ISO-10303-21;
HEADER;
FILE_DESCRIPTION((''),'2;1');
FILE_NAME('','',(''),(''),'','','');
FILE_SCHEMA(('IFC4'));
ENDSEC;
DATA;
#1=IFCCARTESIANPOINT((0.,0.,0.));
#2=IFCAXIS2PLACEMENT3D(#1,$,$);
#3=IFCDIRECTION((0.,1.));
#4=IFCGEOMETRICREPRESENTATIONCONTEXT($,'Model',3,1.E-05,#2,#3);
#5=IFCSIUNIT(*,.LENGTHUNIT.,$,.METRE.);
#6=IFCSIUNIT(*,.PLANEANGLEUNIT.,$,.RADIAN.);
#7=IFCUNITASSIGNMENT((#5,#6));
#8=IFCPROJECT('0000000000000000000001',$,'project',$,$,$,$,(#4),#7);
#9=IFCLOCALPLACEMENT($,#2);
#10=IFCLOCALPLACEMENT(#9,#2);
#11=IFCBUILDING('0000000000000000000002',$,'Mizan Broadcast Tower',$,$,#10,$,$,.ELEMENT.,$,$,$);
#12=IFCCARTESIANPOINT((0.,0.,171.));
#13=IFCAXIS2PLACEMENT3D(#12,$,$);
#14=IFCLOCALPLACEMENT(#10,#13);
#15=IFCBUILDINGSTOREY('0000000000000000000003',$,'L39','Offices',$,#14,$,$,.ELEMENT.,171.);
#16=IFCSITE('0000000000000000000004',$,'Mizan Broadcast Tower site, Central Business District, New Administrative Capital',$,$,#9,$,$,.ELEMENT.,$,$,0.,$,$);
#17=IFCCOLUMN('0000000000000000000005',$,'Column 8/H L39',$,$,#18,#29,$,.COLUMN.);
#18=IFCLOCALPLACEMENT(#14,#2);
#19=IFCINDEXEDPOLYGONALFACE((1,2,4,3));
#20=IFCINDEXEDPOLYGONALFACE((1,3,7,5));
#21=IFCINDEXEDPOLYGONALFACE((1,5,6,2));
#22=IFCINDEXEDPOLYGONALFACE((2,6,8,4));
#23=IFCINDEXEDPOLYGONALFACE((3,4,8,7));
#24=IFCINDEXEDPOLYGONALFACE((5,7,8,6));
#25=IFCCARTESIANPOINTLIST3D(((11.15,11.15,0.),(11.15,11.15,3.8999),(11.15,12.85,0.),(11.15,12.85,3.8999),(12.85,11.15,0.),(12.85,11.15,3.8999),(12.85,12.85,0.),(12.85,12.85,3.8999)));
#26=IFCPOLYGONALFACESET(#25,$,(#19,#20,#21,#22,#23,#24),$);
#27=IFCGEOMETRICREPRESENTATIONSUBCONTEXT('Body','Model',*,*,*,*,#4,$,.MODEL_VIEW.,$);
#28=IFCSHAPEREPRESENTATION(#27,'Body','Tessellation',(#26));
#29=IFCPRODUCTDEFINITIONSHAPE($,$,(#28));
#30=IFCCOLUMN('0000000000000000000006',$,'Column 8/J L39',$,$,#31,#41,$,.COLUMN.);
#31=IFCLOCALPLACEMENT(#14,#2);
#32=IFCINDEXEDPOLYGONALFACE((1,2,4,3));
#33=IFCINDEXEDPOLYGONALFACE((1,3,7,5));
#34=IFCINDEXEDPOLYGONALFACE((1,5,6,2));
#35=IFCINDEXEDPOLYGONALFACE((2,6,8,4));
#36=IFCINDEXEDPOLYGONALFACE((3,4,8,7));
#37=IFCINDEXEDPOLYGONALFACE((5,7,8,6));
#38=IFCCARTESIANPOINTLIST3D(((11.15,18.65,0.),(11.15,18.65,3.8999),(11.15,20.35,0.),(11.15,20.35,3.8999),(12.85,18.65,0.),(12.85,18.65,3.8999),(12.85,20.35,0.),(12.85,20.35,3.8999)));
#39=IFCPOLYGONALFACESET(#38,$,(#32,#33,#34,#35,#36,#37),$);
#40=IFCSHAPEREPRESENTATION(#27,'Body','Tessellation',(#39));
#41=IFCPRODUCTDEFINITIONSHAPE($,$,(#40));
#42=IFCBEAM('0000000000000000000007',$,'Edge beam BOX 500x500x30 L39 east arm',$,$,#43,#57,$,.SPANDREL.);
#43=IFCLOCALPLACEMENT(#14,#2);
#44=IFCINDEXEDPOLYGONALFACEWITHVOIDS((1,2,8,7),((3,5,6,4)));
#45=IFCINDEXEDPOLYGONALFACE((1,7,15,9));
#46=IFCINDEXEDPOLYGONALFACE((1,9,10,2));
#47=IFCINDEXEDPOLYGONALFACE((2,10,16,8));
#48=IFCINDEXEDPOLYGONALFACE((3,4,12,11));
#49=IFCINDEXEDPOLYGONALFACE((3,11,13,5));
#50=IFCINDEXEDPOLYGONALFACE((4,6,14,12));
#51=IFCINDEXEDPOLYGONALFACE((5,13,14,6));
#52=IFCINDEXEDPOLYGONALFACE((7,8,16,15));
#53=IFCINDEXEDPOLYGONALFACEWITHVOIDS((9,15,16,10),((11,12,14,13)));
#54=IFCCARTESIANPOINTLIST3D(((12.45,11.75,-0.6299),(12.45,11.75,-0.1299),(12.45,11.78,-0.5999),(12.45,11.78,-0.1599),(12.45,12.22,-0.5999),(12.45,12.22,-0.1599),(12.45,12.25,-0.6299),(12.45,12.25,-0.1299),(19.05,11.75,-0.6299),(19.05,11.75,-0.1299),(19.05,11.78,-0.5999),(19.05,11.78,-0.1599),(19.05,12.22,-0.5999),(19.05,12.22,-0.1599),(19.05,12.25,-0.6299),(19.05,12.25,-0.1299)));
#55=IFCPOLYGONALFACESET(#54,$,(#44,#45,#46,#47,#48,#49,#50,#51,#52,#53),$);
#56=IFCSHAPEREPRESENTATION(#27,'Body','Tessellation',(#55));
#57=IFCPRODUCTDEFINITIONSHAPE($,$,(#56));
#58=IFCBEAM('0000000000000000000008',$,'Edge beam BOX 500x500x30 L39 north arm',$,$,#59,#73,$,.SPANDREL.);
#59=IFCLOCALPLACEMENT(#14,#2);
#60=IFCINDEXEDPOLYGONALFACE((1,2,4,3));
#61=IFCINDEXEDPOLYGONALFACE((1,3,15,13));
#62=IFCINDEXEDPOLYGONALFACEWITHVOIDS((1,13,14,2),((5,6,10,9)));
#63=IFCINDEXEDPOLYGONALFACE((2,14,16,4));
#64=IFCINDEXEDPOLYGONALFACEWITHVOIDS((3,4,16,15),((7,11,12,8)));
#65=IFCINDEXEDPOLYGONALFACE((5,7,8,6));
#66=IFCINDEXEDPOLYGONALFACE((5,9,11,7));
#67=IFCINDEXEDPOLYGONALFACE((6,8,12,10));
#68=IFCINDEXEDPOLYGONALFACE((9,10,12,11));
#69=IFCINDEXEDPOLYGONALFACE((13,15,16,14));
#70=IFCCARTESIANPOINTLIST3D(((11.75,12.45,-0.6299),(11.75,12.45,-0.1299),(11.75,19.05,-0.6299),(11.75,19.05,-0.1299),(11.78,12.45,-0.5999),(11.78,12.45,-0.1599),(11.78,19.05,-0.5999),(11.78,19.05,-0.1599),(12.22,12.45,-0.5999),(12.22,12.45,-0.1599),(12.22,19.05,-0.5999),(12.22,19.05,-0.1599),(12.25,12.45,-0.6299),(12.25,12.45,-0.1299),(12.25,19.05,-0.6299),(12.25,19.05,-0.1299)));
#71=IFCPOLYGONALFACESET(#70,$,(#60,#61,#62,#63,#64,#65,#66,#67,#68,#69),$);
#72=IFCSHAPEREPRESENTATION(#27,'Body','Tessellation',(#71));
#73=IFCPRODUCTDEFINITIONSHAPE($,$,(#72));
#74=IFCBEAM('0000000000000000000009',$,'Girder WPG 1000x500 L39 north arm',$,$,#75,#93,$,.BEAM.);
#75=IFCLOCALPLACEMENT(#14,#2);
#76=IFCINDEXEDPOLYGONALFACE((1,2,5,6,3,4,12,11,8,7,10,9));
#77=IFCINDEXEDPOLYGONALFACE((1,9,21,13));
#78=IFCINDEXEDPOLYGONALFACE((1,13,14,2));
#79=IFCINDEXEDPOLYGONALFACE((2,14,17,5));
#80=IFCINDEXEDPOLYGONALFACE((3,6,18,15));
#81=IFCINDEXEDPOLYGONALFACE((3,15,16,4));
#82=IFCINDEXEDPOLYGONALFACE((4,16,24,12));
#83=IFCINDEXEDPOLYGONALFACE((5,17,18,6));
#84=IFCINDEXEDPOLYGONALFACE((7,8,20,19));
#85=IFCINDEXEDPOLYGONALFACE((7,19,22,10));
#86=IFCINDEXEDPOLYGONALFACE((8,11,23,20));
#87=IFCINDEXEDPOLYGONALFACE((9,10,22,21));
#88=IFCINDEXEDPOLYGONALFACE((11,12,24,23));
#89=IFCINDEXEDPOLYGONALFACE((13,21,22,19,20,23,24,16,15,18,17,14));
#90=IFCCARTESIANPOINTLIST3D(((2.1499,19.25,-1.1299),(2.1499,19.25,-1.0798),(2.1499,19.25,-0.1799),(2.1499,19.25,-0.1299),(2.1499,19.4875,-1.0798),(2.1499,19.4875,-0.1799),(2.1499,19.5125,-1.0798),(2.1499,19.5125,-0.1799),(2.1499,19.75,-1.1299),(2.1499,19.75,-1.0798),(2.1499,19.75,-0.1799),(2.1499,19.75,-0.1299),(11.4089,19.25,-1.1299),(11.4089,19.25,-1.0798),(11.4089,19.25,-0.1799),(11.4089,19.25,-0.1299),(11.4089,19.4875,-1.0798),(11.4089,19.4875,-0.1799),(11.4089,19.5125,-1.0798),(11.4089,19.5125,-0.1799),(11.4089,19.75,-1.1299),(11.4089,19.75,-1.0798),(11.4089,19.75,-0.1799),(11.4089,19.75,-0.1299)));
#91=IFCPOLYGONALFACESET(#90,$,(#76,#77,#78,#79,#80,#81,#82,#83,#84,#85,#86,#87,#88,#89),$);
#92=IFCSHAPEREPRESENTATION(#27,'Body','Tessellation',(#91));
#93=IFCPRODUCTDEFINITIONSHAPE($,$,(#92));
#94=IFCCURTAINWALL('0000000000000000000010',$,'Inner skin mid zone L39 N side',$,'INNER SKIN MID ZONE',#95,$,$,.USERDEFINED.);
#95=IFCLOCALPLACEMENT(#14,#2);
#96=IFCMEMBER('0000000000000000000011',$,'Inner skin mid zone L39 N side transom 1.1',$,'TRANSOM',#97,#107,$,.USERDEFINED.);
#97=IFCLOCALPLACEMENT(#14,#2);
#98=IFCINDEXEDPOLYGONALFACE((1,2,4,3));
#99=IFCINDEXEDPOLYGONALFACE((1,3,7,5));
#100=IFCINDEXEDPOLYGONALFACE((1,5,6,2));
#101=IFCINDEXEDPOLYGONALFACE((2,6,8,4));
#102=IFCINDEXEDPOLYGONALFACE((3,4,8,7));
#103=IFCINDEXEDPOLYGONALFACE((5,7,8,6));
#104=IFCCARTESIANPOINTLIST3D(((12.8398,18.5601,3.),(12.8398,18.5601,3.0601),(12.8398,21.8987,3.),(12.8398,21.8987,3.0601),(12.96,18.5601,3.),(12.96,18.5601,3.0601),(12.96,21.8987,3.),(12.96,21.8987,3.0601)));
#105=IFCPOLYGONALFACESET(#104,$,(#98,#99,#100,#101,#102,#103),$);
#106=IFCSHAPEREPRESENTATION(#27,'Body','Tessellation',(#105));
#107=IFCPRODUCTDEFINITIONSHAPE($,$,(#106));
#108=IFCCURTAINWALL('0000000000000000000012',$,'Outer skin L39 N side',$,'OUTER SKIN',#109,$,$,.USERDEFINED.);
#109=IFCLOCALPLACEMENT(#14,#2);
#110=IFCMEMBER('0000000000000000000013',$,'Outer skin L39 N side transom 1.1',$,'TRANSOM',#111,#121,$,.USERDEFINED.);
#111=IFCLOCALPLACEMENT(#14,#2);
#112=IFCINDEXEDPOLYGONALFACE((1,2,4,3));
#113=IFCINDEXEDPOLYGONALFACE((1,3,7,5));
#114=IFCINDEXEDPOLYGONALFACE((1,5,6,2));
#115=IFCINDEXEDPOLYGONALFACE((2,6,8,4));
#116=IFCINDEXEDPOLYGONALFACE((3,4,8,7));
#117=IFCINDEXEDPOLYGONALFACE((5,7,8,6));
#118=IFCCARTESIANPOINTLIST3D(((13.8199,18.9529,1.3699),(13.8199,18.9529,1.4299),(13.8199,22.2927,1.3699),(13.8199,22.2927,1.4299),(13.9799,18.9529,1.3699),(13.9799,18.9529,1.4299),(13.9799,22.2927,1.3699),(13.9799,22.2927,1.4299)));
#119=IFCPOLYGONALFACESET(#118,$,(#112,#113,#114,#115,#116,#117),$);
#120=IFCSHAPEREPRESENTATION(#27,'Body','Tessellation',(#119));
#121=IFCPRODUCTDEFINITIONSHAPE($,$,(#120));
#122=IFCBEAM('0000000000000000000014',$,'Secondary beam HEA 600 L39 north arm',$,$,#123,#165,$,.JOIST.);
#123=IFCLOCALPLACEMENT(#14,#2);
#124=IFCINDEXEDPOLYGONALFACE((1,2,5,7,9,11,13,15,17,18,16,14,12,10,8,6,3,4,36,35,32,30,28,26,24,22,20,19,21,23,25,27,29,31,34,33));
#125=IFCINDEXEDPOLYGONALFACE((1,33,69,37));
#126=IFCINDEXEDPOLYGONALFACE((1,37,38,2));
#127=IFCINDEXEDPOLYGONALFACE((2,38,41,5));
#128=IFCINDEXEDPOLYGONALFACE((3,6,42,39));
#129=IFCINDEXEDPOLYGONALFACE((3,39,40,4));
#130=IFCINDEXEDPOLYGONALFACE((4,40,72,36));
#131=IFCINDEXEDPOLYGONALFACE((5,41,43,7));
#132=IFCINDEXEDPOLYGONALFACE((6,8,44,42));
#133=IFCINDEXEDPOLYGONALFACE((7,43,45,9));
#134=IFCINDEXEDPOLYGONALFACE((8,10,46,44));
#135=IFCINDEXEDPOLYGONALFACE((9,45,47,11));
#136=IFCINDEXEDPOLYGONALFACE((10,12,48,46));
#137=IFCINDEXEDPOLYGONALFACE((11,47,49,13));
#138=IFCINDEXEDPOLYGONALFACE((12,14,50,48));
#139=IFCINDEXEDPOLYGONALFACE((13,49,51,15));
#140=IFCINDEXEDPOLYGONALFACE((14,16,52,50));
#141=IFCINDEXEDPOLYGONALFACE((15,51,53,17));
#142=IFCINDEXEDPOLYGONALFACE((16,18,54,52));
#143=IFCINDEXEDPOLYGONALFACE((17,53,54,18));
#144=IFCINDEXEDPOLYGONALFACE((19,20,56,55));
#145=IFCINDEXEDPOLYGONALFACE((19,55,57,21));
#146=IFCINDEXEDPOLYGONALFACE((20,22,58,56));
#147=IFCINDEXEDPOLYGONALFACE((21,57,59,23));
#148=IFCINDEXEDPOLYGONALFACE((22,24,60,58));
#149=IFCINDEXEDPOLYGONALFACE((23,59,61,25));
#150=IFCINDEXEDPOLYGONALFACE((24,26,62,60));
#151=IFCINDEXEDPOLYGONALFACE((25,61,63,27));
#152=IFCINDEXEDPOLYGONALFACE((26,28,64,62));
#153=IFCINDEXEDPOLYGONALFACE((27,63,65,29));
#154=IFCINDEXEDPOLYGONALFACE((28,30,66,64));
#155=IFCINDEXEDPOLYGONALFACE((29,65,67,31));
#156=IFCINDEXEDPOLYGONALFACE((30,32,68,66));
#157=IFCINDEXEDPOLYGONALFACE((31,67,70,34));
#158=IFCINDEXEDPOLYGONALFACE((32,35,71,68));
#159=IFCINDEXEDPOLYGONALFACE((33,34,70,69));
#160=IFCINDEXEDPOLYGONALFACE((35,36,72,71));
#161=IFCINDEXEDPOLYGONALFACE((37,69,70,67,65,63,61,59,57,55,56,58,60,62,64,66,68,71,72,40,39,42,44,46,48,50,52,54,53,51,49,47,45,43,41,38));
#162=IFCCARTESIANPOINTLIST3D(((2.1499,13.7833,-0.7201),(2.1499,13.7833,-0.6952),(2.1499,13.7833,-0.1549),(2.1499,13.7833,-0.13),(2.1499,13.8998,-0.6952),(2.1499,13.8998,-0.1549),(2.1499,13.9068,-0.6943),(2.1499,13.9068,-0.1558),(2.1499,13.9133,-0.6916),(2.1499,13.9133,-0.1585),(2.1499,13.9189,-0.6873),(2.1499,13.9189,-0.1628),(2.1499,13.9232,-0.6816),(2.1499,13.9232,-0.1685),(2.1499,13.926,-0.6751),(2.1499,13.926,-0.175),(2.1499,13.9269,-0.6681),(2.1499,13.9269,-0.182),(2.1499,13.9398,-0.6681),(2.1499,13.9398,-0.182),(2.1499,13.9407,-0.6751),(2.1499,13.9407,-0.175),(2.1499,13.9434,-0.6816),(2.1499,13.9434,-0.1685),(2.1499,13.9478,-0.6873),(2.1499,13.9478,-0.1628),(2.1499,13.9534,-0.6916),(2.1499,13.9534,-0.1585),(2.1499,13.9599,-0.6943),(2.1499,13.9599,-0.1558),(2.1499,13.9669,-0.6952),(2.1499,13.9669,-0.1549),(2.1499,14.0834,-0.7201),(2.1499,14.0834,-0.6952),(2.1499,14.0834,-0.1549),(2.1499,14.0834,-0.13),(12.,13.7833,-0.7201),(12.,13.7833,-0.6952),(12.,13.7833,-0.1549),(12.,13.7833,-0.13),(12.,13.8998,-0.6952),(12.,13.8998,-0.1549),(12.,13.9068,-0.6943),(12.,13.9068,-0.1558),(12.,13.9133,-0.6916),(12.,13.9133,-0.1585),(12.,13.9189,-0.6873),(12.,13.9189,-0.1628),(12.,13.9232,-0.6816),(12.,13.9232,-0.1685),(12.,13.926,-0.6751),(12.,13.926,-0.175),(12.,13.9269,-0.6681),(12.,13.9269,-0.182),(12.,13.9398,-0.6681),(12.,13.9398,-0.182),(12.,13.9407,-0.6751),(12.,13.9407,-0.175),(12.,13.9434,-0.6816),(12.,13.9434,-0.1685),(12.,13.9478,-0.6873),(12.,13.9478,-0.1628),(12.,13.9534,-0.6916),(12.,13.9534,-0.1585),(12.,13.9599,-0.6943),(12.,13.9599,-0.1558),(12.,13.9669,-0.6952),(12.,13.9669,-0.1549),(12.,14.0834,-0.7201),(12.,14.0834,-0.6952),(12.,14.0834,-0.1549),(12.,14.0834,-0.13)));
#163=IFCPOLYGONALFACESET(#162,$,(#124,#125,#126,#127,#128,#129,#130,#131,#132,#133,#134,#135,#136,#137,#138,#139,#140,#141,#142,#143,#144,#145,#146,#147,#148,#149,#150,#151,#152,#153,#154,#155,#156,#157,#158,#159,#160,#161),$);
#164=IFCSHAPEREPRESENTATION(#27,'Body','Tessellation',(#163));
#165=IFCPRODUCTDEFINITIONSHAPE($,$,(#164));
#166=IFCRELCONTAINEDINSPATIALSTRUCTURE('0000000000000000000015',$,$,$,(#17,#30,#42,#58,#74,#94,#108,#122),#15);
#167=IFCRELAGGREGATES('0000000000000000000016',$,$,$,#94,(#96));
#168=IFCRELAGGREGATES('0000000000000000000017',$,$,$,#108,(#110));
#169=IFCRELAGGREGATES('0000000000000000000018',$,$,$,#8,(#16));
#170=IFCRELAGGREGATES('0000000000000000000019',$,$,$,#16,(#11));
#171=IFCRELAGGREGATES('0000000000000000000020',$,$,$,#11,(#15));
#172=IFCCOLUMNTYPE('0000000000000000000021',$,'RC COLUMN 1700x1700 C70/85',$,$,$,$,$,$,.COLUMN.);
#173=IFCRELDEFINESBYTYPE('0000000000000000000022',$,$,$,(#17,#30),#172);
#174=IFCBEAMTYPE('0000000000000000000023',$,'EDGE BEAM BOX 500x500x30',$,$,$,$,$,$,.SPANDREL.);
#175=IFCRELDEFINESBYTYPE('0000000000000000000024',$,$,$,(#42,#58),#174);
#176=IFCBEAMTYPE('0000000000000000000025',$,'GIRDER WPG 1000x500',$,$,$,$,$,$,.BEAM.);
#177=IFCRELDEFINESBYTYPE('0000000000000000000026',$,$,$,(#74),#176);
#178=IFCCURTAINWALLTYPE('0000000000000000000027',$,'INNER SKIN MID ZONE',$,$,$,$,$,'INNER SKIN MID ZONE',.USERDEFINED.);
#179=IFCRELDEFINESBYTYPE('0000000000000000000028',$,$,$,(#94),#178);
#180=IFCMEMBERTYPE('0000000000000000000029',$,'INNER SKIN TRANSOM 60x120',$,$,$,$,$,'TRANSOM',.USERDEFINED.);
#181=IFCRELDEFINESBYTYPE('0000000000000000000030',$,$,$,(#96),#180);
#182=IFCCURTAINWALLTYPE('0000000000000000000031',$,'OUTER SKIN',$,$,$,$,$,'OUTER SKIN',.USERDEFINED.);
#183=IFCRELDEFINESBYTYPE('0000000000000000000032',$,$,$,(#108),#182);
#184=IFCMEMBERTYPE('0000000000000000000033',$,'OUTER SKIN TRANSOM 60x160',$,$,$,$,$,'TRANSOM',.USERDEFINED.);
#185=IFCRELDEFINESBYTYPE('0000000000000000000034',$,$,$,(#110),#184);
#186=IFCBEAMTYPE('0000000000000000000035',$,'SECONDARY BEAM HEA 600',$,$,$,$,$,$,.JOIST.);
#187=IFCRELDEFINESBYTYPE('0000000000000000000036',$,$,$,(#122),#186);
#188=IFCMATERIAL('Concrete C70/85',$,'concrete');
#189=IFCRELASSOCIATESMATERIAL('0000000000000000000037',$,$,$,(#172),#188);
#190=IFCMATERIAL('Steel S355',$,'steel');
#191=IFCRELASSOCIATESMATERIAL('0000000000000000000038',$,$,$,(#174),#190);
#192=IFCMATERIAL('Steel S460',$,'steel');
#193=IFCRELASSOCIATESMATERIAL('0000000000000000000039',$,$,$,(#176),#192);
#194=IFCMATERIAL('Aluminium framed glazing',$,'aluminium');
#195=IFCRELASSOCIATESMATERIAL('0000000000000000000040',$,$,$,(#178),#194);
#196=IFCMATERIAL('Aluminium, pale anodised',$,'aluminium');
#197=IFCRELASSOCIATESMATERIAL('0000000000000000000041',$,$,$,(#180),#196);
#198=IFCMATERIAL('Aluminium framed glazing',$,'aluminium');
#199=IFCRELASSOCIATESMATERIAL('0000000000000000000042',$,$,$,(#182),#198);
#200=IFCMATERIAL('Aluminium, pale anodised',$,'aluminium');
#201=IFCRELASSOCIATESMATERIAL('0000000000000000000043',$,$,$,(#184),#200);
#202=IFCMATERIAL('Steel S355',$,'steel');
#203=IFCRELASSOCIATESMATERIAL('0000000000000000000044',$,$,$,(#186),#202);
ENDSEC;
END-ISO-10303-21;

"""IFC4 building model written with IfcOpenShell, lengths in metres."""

from ifc_helpers import new_model, si_unit, direction, frame, origin, origin_2d, place, context, subcontext, project, spatial, rectangle, hollow_rectangle, i_section, extrude, material, material_profile, profile_set, type_object, element, aggregate, save


model = new_model("IFC4")

# Units and contexts
model_context = context("Model", 3, precision=1e-05, world=origin(), true_north=direction((0.0, 1.0)))
body_context = subcontext(model_context, "Body", "Model", "MODEL_VIEW")
ifc_project = project(units=[si_unit("LENGTHUNIT", "METRE"), si_unit("PLANEANGLEUNIT", "RADIAN")], contexts=[model_context])

# Site, building, storey
site_placement = place(None, origin())
site = spatial("IfcSite", under=ifc_project, at=site_placement, Name="Mizan Broadcast Tower site, Central Business District, New Administrative Capital", CompositionType="ELEMENT", RefElevation=0.0)
building_placement = place(site_placement, origin())
building = spatial("IfcBuilding", under=site, at=building_placement, Name="Mizan Broadcast Tower", CompositionType="ELEMENT")
storey_placement = place(building_placement, frame((0.0, 0.0, 171.0)))
storey = spatial("IfcBuildingStorey", under=building, at=storey_placement, Name="L39", Description="Offices", CompositionType="ELEMENT", Elevation=171.0)

# Columns
ifc_material_1 = material(Name="Concrete C70/85", Category="concrete")
ifc_material_profile_1 = material_profile(ifc_material_1, rectangle(XDim=1.7, YDim=1.7, at=origin_2d()), Name="RC 1700x1700")
ifc_profile_set_1 = profile_set([ifc_material_profile_1], Name="Concrete C70/85")
column_type = type_object("IfcColumnType", Name="RC COLUMN 1700x1700 C70/85", PredefinedType="COLUMN", material=ifc_profile_set_1)
for number, where, z_axis, x_axis, name in (
    (1, (12.0, 12.0, 0.0), (0.0, 0.0, 1.0), (1.0, 0.0, 0.0), "Column 8/H L39"),
    (2, (12.0, 19.5, 0.0), (0.0, 0.0, 1.0), (1.0, 0.0, 0.0), "Column 8/J L39"),
):
    element("IfcColumn", number, at=place(storey_placement, frame(where, z_axis=z_axis, x_axis=x_axis)), inside=storey, type_object=column_type, Name=name, PredefinedType="COLUMN", context=body_context, shape_type="SweptSolid", body=[
        extrude(rectangle(XDim=1.7, YDim=1.7, at=origin_2d()), origin(), (0.0, 0.0, 1.0), 3.8999),
    ])

# Beams
ifc_material_2 = material(Name="Steel S355", Category="steel")
ifc_material_profile_2 = material_profile(ifc_material_2, hollow_rectangle(XDim=0.5, YDim=0.5, WallThickness=0.03, at=origin_2d()), Name="BOX 500x500x30")
ifc_profile_set_2 = profile_set([ifc_material_profile_2], Name="Steel S355")
beam_type_1 = type_object("IfcBeamType", Name="EDGE BEAM BOX 500x500x30", PredefinedType="SPANDREL", material=ifc_profile_set_2)
for number, where, z_axis, x_axis, name in (
    (3, (12.45, 12.0, -0.3799), (1.0, 0.0, 0.0), (0.0, 1.0, 0.0), "Edge beam BOX 500x500x30 L39 east arm"),
    (4, (12.0, 12.45, -0.3799), (0.0, 1.0, 0.0), (-1.0, 0.0, 0.0), "Edge beam BOX 500x500x30 L39 north arm"),
):
    element("IfcBeam", number, at=place(storey_placement, frame(where, z_axis=z_axis, x_axis=x_axis)), inside=storey, type_object=beam_type_1, Name=name, PredefinedType="SPANDREL", context=body_context, shape_type="SweptSolid", body=[
        extrude(hollow_rectangle(XDim=0.5, YDim=0.5, WallThickness=0.03, at=origin_2d()), origin(), (0.0, 0.0, 1.0), 6.6001),
    ])
ifc_material_3 = material(Name="Steel S460", Category="steel")
ifc_material_profile_3 = material_profile(ifc_material_3, i_section(OverallWidth=0.5, OverallDepth=1.0, WebThickness=0.0249, FlangeThickness=0.05, at=origin_2d()), Name="WPG 1000x500")
ifc_profile_set_3 = profile_set([ifc_material_profile_3], Name="Steel S460")
beam_type_2 = type_object("IfcBeamType", Name="GIRDER WPG 1000x500", PredefinedType="BEAM", material=ifc_profile_set_3)
beam_1_placement = place(storey_placement, frame((11.4089, 19.5, -0.6299), z_axis=(-1.0, 0.0, 0.0), x_axis=(0.0, -1.0, 0.0)))
element("IfcBeam", 5, at=beam_1_placement, inside=storey, type_object=beam_type_2, Name="Girder WPG 1000x500 L39 north arm", PredefinedType="BEAM", context=body_context, shape_type="SweptSolid", body=[
    extrude(i_section(OverallWidth=0.5, OverallDepth=1.0, WebThickness=0.0249, FlangeThickness=0.05, at=origin_2d()), origin(), (0.0, 0.0, 1.0), 9.259),
])

# Curtain walls, members
ifc_material_4 = material(Name="Aluminium framed glazing", Category="aluminium")
curtain_wall_type_1 = type_object("IfcCurtainWallType", Name="INNER SKIN MID ZONE", ElementType="INNER SKIN MID ZONE", PredefinedType="USERDEFINED", material=ifc_material_4)
curtain_wall_1_placement = place(storey_placement, origin())
curtain_wall_1 = element("IfcCurtainWall", 6, at=curtain_wall_1_placement, inside=storey, type_object=curtain_wall_type_1, Name="Inner skin mid zone L39 N side", ObjectType="INNER SKIN MID ZONE", PredefinedType="USERDEFINED")
ifc_material_5 = material(Name="Aluminium, pale anodised", Category="aluminium")
ifc_material_profile_4 = material_profile(ifc_material_5, rectangle(XDim=0.1201, YDim=0.0601, at=origin_2d()), Name="TRANSOM 120x60")
ifc_profile_set_4 = profile_set([ifc_material_profile_4], Name="Aluminium, pale anodised")
member_type_1 = type_object("IfcMemberType", Name="INNER SKIN TRANSOM 60x120", ElementType="TRANSOM", PredefinedType="USERDEFINED", material=ifc_profile_set_4)
member_1_placement = place(storey_placement, frame((12.8999, 18.5601, 3.03), z_axis=(0.0, 1.0, 0.0), x_axis=(-1.0, 0.0, 0.0)))
member_1 = element("IfcMember", 7, at=member_1_placement, type_object=member_type_1, Name="Inner skin mid zone L39 N side transom 1.1", ObjectType="TRANSOM", PredefinedType="USERDEFINED", context=body_context, shape_type="SweptSolid", body=[
    extrude(rectangle(XDim=0.1201, YDim=0.0601, at=origin_2d()), origin(), (0.0, 0.0, 1.0), 3.3386),
])
aggregate(curtain_wall_1, [member_1])
ifc_material_6 = material(Name="Aluminium framed glazing", Category="aluminium")
curtain_wall_type_2 = type_object("IfcCurtainWallType", Name="OUTER SKIN", ElementType="OUTER SKIN", PredefinedType="USERDEFINED", material=ifc_material_6)
curtain_wall_2_placement = place(storey_placement, origin())
curtain_wall_2 = element("IfcCurtainWall", 8, at=curtain_wall_2_placement, inside=storey, type_object=curtain_wall_type_2, Name="Outer skin L39 N side", ObjectType="OUTER SKIN", PredefinedType="USERDEFINED")
ifc_material_7 = material(Name="Aluminium, pale anodised", Category="aluminium")
ifc_material_profile_5 = material_profile(ifc_material_7, rectangle(XDim=0.1599, YDim=0.0601, at=origin_2d()), Name="TRANSOM 160x60")
ifc_profile_set_5 = profile_set([ifc_material_profile_5], Name="Aluminium, pale anodised")
member_type_2 = type_object("IfcMemberType", Name="OUTER SKIN TRANSOM 60x160", ElementType="TRANSOM", PredefinedType="USERDEFINED", material=ifc_profile_set_5)
member_2_placement = place(storey_placement, frame((13.8999, 18.9529, 1.3999), z_axis=(0.0, 1.0, 0.0), x_axis=(-1.0, 0.0, 0.0)))
member_2 = element("IfcMember", 9, at=member_2_placement, type_object=member_type_2, Name="Outer skin L39 N side transom 1.1", ObjectType="TRANSOM", PredefinedType="USERDEFINED", context=body_context, shape_type="SweptSolid", body=[
    extrude(rectangle(XDim=0.1599, YDim=0.0601, at=origin_2d()), origin(), (0.0, 0.0, 1.0), 3.3398),
])
aggregate(curtain_wall_2, [member_2])

# Beam
ifc_material_8 = material(Name="Steel S355", Category="steel")
ifc_material_profile_6 = material_profile(ifc_material_8, i_section(OverallWidth=0.3, OverallDepth=0.5901, WebThickness=0.0129, FlangeThickness=0.0249, FilletRadius=0.0271, at=origin_2d()), Name="HEA 600")
ifc_profile_set_6 = profile_set([ifc_material_profile_6], Name="Steel S355")
beam_type_3 = type_object("IfcBeamType", Name="SECONDARY BEAM HEA 600", PredefinedType="JOIST", material=ifc_profile_set_6)
for number, where, z_axis, x_axis, name in (
    (10, (12.0, 13.9333, -0.425), (-1.0, 0.0, 0.0), (0.0, -1.0, 0.0), "Secondary beam HEA 600 L39 north arm"),
):
    element("IfcBeam", number, at=place(storey_placement, frame(where, z_axis=z_axis, x_axis=x_axis)), inside=storey, type_object=beam_type_3, Name=name, PredefinedType="JOIST", context=body_context, shape_type="SweptSolid", body=[
        extrude(i_section(OverallWidth=0.3, OverallDepth=0.5901, WebThickness=0.0129, FlangeThickness=0.0249, FilletRadius=0.0271, at=origin_2d()), origin(), (0.0, 0.0, 1.0), 9.8501),
    ])

save(model, "model.ifc")
